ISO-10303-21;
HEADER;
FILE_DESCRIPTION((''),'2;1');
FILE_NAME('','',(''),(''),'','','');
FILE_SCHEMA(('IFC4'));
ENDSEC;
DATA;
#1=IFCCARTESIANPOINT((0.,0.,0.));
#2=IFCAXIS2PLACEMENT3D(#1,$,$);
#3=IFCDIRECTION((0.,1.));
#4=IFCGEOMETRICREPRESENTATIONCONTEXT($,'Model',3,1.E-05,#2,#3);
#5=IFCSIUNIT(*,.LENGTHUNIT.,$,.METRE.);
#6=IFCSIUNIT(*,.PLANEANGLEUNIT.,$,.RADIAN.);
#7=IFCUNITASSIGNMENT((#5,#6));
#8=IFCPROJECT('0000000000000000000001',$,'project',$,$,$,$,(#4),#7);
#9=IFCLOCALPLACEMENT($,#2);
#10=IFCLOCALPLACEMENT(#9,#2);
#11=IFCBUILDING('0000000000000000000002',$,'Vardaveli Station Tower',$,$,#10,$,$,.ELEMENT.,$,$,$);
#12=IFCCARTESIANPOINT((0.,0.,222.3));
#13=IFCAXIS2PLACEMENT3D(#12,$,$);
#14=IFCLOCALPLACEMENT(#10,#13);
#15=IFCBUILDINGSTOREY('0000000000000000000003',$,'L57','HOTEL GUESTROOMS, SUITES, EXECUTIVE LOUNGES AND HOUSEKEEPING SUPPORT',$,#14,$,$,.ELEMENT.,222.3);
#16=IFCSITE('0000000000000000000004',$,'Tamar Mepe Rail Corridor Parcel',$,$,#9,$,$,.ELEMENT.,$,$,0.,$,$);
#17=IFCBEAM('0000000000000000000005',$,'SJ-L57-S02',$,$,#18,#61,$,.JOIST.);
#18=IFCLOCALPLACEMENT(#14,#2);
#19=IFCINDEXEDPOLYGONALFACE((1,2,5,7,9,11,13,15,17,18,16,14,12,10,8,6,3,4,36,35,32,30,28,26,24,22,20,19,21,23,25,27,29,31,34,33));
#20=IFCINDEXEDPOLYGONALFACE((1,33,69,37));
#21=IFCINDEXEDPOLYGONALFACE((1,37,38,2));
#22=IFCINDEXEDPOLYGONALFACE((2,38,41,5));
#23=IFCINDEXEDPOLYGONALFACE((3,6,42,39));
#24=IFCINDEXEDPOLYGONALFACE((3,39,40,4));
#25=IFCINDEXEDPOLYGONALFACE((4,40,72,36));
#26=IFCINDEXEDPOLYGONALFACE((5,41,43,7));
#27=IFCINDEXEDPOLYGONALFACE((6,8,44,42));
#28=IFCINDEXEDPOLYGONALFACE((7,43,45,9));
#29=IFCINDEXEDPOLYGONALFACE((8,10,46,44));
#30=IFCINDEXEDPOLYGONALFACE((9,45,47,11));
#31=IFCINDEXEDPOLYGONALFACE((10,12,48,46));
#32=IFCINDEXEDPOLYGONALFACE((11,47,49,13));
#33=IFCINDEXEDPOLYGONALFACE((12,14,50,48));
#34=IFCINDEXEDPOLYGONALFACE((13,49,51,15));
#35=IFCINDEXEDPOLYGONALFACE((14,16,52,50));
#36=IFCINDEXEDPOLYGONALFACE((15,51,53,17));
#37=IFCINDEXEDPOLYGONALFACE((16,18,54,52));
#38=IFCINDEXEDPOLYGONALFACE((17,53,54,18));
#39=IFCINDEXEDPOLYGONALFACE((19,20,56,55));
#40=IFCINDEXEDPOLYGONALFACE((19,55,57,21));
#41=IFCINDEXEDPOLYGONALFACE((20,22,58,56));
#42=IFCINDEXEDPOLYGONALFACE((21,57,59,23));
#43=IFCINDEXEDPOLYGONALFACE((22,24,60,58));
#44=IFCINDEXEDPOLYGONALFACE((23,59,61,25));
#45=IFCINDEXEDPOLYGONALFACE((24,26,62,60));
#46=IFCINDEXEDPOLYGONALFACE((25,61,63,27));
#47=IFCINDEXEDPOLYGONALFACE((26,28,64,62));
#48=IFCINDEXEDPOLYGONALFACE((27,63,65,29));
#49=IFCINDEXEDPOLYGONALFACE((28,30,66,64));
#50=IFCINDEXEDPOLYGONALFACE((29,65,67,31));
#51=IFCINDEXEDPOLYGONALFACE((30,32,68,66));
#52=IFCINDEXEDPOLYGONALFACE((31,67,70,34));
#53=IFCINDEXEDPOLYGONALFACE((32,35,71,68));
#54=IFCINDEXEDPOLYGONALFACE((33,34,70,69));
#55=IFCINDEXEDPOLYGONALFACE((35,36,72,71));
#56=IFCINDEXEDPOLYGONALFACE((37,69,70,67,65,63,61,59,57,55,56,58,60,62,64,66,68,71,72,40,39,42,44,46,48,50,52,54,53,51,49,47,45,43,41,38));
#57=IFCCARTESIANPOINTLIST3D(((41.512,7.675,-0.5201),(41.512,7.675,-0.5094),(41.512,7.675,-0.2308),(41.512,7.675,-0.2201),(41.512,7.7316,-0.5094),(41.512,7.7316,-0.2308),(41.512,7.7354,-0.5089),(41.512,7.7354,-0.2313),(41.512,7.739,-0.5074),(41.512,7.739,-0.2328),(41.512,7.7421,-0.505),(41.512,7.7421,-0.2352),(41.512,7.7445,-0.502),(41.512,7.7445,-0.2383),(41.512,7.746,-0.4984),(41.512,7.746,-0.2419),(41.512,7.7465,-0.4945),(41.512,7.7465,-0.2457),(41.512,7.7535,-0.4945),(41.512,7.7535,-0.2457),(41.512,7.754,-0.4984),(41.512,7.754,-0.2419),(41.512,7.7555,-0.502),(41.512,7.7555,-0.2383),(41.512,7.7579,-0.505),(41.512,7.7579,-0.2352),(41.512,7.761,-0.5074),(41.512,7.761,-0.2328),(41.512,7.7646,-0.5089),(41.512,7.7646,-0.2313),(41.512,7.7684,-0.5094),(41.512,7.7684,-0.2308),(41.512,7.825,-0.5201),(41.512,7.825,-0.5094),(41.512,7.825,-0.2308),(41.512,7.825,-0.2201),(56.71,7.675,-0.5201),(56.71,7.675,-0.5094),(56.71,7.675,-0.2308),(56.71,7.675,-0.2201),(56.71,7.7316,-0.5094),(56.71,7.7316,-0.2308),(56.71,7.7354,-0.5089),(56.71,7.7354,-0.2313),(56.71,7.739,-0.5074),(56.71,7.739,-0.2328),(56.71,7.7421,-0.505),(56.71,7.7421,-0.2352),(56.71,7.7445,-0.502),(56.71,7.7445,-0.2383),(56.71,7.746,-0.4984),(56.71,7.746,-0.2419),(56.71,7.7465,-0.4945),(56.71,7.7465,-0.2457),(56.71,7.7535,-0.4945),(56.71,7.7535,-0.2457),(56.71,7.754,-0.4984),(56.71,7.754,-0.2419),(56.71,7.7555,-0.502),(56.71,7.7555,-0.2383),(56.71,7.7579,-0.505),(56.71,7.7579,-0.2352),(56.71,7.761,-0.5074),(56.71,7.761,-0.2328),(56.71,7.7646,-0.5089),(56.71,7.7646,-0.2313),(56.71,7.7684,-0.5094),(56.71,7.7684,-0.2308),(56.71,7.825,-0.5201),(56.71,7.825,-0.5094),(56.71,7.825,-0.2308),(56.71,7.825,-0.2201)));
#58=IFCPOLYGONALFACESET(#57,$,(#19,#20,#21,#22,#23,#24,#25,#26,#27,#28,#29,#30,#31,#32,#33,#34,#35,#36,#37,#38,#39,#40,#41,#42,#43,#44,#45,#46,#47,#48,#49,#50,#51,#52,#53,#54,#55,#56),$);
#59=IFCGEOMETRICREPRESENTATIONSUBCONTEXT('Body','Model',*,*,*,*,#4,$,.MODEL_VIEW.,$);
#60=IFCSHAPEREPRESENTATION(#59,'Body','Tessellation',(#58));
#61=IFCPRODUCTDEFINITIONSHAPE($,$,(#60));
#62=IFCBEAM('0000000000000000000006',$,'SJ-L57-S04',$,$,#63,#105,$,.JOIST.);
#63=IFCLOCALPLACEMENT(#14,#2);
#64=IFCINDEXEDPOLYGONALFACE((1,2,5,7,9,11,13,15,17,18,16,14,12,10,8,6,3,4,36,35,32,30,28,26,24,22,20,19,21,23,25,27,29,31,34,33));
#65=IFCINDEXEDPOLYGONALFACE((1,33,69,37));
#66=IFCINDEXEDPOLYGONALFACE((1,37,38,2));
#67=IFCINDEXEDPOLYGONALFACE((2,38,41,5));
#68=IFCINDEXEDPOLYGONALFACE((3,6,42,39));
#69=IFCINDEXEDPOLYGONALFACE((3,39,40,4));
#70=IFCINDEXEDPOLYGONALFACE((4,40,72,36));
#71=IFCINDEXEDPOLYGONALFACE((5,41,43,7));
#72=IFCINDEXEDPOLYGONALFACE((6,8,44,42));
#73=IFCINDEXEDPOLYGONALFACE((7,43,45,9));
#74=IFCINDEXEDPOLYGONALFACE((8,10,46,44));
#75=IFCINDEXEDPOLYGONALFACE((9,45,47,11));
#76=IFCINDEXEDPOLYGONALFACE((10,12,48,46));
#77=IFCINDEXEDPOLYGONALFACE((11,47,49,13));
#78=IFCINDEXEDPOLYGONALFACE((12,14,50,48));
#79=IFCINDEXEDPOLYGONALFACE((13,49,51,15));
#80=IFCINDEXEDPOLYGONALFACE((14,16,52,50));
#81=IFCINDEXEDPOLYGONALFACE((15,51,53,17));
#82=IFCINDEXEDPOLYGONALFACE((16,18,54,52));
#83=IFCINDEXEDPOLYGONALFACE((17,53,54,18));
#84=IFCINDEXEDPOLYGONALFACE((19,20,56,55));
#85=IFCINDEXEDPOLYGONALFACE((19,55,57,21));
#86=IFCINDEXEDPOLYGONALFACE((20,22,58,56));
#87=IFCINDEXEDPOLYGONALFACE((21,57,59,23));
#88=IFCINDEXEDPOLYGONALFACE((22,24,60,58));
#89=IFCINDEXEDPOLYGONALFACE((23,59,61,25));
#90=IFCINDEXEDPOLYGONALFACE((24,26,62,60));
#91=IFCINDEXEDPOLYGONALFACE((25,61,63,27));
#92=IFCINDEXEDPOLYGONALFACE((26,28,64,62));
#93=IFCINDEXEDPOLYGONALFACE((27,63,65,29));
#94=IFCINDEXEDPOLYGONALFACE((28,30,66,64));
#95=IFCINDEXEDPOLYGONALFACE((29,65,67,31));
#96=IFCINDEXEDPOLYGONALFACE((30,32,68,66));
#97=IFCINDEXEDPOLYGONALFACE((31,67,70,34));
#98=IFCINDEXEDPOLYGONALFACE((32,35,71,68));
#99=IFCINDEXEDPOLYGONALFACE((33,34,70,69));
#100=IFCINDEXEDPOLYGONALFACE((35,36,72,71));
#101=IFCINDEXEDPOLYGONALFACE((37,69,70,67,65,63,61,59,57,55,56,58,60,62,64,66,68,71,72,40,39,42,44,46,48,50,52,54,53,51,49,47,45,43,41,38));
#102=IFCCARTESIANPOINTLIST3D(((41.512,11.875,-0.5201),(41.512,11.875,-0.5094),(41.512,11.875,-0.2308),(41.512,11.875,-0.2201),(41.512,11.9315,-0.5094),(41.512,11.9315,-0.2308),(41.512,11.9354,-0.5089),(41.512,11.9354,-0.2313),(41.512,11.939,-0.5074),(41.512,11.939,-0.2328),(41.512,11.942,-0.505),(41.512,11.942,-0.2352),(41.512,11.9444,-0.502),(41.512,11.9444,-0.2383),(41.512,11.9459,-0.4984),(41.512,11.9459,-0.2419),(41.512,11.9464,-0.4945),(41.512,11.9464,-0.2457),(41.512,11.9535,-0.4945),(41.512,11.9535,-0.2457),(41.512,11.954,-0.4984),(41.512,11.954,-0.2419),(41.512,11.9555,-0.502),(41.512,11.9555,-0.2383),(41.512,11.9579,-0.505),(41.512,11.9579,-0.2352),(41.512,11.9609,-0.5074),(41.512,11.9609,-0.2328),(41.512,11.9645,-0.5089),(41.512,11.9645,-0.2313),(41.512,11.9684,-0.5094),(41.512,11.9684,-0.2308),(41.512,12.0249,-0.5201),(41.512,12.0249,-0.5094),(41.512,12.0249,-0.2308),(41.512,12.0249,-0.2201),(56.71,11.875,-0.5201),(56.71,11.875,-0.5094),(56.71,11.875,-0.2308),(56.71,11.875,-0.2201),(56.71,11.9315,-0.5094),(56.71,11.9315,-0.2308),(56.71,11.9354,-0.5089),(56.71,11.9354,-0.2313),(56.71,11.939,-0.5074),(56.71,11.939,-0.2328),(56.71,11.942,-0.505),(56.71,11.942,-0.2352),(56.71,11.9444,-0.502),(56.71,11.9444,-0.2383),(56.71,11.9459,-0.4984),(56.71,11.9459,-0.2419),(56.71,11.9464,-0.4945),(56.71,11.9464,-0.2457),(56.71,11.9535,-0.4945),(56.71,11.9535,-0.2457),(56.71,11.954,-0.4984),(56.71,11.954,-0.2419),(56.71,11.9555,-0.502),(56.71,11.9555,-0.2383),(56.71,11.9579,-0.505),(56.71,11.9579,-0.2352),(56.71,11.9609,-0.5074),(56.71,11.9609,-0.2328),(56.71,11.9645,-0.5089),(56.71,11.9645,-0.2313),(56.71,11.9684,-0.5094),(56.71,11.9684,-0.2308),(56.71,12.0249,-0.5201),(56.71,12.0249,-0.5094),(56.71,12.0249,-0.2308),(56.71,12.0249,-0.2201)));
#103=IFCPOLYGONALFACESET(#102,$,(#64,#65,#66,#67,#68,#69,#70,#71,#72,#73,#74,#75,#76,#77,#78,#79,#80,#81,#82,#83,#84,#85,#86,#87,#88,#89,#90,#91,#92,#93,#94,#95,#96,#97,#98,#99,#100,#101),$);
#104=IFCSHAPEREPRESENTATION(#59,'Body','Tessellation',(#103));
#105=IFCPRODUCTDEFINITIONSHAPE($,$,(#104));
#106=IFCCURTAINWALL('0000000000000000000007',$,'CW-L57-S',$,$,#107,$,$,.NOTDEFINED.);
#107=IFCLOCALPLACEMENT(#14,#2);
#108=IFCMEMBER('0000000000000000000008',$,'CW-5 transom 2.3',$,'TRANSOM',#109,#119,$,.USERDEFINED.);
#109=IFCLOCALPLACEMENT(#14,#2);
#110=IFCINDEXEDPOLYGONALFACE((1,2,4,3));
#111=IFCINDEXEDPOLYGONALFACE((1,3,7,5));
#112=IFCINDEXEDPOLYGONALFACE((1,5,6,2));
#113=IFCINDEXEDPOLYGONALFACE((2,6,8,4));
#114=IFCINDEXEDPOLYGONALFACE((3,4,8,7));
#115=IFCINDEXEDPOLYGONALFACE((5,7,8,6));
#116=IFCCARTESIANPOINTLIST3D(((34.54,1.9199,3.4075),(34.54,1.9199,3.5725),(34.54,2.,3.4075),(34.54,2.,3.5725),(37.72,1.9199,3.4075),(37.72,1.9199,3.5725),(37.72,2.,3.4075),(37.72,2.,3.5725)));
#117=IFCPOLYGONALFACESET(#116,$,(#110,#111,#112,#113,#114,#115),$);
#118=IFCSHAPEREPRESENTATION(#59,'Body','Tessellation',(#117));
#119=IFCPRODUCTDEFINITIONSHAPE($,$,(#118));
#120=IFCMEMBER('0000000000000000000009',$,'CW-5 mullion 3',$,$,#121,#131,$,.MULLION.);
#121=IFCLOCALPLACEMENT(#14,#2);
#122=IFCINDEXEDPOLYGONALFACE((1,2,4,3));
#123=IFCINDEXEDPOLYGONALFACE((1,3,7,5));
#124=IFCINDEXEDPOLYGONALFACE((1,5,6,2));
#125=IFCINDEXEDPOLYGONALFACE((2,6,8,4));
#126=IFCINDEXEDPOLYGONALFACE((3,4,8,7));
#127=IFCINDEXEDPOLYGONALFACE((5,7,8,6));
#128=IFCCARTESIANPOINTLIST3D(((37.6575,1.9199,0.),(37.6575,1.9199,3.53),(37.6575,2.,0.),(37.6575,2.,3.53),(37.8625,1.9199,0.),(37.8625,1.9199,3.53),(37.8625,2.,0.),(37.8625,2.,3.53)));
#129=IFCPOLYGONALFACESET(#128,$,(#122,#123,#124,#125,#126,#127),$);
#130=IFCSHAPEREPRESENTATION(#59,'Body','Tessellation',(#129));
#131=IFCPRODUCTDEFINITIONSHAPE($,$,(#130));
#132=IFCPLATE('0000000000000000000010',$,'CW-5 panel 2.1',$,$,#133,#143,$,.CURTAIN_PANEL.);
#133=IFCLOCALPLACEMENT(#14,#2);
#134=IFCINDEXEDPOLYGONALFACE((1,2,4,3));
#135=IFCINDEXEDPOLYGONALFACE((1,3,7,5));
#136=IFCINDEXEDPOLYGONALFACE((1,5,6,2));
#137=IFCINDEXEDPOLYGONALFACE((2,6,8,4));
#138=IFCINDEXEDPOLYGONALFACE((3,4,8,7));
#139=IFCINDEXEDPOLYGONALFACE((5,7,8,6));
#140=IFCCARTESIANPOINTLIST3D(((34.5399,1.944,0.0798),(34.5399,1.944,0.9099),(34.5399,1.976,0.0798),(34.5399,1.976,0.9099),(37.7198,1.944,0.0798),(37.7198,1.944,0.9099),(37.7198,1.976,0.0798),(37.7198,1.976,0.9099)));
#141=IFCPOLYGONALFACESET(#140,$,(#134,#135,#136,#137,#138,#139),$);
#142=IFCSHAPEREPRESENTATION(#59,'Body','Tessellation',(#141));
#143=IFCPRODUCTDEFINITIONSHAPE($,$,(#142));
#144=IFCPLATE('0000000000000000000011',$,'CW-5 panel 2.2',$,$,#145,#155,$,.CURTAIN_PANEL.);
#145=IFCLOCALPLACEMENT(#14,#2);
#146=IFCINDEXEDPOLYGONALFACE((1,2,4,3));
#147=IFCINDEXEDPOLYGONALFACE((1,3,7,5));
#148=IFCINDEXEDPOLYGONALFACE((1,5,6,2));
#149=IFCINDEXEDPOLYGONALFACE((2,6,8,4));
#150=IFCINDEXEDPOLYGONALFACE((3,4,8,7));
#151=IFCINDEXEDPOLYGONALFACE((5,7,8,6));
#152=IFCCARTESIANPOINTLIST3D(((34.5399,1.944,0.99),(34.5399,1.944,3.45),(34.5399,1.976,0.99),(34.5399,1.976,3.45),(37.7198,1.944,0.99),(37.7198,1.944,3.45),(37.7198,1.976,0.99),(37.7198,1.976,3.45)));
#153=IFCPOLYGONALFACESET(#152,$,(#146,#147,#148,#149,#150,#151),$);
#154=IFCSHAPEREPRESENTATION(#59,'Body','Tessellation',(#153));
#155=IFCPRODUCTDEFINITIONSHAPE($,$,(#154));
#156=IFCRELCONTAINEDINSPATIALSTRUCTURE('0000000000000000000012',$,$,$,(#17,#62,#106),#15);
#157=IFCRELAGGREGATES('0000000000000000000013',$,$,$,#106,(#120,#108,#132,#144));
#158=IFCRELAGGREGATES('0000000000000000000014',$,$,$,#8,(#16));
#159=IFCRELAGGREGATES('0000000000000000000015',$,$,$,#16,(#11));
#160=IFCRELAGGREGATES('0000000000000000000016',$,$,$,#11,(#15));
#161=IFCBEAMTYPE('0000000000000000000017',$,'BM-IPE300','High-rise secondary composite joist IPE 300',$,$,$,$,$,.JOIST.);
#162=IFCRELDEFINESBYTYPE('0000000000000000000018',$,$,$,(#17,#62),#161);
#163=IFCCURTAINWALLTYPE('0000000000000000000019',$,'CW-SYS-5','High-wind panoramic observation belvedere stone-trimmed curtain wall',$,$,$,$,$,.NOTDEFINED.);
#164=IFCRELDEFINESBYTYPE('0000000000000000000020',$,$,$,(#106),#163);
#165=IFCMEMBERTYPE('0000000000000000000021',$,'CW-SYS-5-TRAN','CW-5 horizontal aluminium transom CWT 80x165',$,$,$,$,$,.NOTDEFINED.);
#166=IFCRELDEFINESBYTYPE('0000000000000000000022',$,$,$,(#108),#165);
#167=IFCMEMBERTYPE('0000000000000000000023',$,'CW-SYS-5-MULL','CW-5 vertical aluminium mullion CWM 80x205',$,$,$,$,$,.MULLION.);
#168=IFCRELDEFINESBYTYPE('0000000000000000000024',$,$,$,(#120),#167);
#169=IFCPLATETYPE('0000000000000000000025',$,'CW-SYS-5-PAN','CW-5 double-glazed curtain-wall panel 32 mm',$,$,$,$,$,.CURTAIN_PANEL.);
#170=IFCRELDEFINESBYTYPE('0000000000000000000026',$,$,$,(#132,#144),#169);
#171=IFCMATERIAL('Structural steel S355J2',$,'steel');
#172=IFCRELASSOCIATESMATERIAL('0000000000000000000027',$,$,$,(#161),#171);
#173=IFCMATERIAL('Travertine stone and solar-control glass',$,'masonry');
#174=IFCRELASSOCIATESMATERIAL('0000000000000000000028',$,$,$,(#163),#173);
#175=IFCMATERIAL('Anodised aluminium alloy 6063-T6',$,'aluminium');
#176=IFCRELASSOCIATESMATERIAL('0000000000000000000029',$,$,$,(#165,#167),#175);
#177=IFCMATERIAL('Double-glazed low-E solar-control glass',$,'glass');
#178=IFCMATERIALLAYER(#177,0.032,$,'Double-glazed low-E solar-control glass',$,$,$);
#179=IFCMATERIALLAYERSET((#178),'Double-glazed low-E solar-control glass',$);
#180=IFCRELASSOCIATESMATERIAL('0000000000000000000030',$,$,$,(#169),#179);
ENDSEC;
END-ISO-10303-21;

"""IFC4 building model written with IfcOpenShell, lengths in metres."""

from ifc_helpers import new_model, si_unit, direction, frame, origin, origin_2d, place, context, subcontext, project, spatial, rectangle, i_section, extrude, source, transform, mapped, material, layer, layer_set, material_profile, profile_set, type_object, element, aggregate, save


model = new_model("IFC4")

# Units and contexts
model_context = context("Model", 3, precision=1e-05, world=origin(), true_north=direction((0.0, 1.0)))
body_context = subcontext(model_context, "Body", "Model", "MODEL_VIEW")
ifc_project = project(units=[si_unit("LENGTHUNIT", "METRE"), si_unit("PLANEANGLEUNIT", "RADIAN")], contexts=[model_context])

# Site, building, storey
site_placement = place(None, origin())
site = spatial("IfcSite", under=ifc_project, at=site_placement, Name="Tamar Mepe Rail Corridor Parcel", CompositionType="ELEMENT", RefElevation=0.0)
building_placement = place(site_placement, origin())
building = spatial("IfcBuilding", under=site, at=building_placement, Name="Vardaveli Station Tower", CompositionType="ELEMENT")
storey_placement = place(building_placement, frame((0.0, 0.0, 222.3)))
storey = spatial("IfcBuildingStorey", under=building, at=storey_placement, Name="L57", Description="HOTEL GUESTROOMS, SUITES, EXECUTIVE LOUNGES AND HOUSEKEEPING SUPPORT", CompositionType="ELEMENT", Elevation=222.3)

# Beams
ifc_material_1 = material(Name="Structural steel S355J2", Category="steel")
ifc_material_profile_1 = material_profile(ifc_material_1, i_section(OverallWidth=0.1499, OverallDepth=0.3, WebThickness=0.0071, FlangeThickness=0.0107, FilletRadius=0.0149, at=origin_2d()), Name="IPE 300")
ifc_profile_set_1 = profile_set([ifc_material_profile_1], Name="Structural steel S355J2")
beam_type_1 = type_object("IfcBeamType", Name="BM-IPE300", Description="High-rise secondary composite joist IPE 300", PredefinedType="JOIST", material=ifc_profile_set_1)
shared_shape_1 = source(origin(), body_context, "Body", "SweptSolid", [
    extrude(i_section(OverallWidth=0.1499, OverallDepth=0.3, WebThickness=0.0071, FlangeThickness=0.0107, FilletRadius=0.0149, at=origin_2d()), origin(), (0.0, 0.0, 1.0), 15.198),
])
for number, where, z_axis, x_axis, name in (
    (1, (41.512, 7.75, -0.3701), (1.0, 0.0, 0.0), (0.0, 1.0, 0.0), "SJ-L57-S02"),
    (2, (41.512, 11.95, -0.3701), (1.0, 0.0, 0.0), (0.0, 1.0, 0.0), "SJ-L57-S04"),
):
    element("IfcBeam", number, at=place(storey_placement, frame(where, z_axis=z_axis, x_axis=x_axis)), inside=storey, type_object=beam_type_1, Name=name, PredefinedType="JOIST", context=body_context, shape_type="MappedRepresentation", body=[
        mapped(shared_shape_1, transform((0.0, 0.0, 0.0), scale=1.0)),
    ])

# Curtain wall, members, plates
ifc_material_2 = material(Name="Travertine stone and solar-control glass", Category="masonry")
curtain_wall_type = type_object("IfcCurtainWallType", Name="CW-SYS-5", Description="High-wind panoramic observation belvedere stone-trimmed curtain wall", PredefinedType="NOTDEFINED", material=ifc_material_2)
curtain_wall_placement = place(storey_placement, origin())
curtain_wall = element("IfcCurtainWall", 3, at=curtain_wall_placement, inside=storey, type_object=curtain_wall_type, Name="CW-L57-S", PredefinedType="NOTDEFINED")
ifc_material_3 = material(Name="Anodised aluminium alloy 6063-T6", Category="aluminium")
ifc_material_profile_2 = material_profile(ifc_material_3, rectangle(XDim=0.0801, YDim=0.165, at=origin_2d()), Name="CWT 80x165")
ifc_profile_set_2 = profile_set([ifc_material_profile_2], Name="Anodised aluminium alloy 6063-T6")
member_type_1 = type_object("IfcMemberType", Name="CW-SYS-5-TRAN", Description="CW-5 horizontal aluminium transom CWT 80x165", PredefinedType="NOTDEFINED", material=ifc_profile_set_2)
shared_shape_2 = source(origin(), body_context, "Body", "SweptSolid", [
    extrude(rectangle(XDim=0.0801, YDim=0.165, at=origin_2d()), origin(), (0.0, 0.0, 1.0), 3.1799),
])
member_1_placement = place(storey_placement, frame((34.54, 1.96, 3.49), z_axis=(1.0, 0.0, 0.0), x_axis=(0.0, 1.0, 0.0)))
member_1 = element("IfcMember", 4, at=member_1_placement, type_object=member_type_1, Name="CW-5 transom 2.3", ObjectType="TRANSOM", PredefinedType="USERDEFINED", context=body_context, shape_type="MappedRepresentation", body=[
    mapped(shared_shape_2, transform((0.0, 0.0, 0.0), scale=1.0)),
])
ifc_material_profile_3 = material_profile(ifc_material_3, rectangle(XDim=0.0801, YDim=0.2051, at=origin_2d()), Name="CWM 80x205")
ifc_profile_set_3 = profile_set([ifc_material_profile_3], Name="Anodised aluminium alloy 6063-T6")
member_type_2 = type_object("IfcMemberType", Name="CW-SYS-5-MULL", Description="CW-5 vertical aluminium mullion CWM 80x205", PredefinedType="MULLION", material=ifc_profile_set_3)
shared_shape_3 = source(origin(), body_context, "Body", "SweptSolid", [
    extrude(rectangle(XDim=0.0801, YDim=0.2051, at=origin_2d()), origin(), (0.0, 0.0, 1.0), 3.53),
])
member_2_placement = place(storey_placement, frame((37.76, 1.96, 0.0), z_axis=(0.0, 0.0, 1.0), x_axis=(0.0, 1.0, 0.0)))
member_2 = element("IfcMember", 5, at=member_2_placement, type_object=member_type_2, Name="CW-5 mullion 3", PredefinedType="MULLION", context=body_context, shape_type="MappedRepresentation", body=[
    mapped(shared_shape_3, transform((0.0, 0.0, 0.0), scale=1.0)),
])
ifc_material_4 = material(Name="Double-glazed low-E solar-control glass", Category="glass")
ifc_layer_1 = layer(ifc_material_4, 0.032, Name="Double-glazed low-E solar-control glass")
ifc_layer_set_1 = layer_set([ifc_layer_1], Name="Double-glazed low-E solar-control glass")
plate_type = type_object("IfcPlateType", Name="CW-SYS-5-PAN", Description="CW-5 double-glazed curtain-wall panel 32 mm", PredefinedType="CURTAIN_PANEL", material=ifc_layer_set_1)
shared_shape_4 = source(origin(), body_context, "Body", "SweptSolid", [
    extrude(rectangle(XDim=3.1799, YDim=0.032, at=origin_2d()), origin(), (0.0, 0.0, 1.0), 0.8301),
])
plate_1_placement = place(storey_placement, frame((36.1299, 1.96, 0.0798), z_axis=(0.0, 0.0, 1.0), x_axis=(1.0, 0.0, 0.0)))
plate_1 = element("IfcPlate", 6, at=plate_1_placement, type_object=plate_type, Name="CW-5 panel 2.1", PredefinedType="CURTAIN_PANEL", context=body_context, shape_type="MappedRepresentation", body=[
    mapped(shared_shape_4, transform((0.0, 0.0, 0.0), scale=1.0)),
])
shared_shape_5 = source(origin(), body_context, "Body", "SweptSolid", [
    extrude(rectangle(XDim=3.1799, YDim=0.032, at=origin_2d()), origin(), (0.0, 0.0, 1.0), 2.46),
])
plate_2_placement = place(storey_placement, frame((36.1299, 1.96, 0.99), z_axis=(0.0, 0.0, 1.0), x_axis=(1.0, 0.0, 0.0)))
plate_2 = element("IfcPlate", 7, at=plate_2_placement, type_object=plate_type, Name="CW-5 panel 2.2", PredefinedType="CURTAIN_PANEL", context=body_context, shape_type="MappedRepresentation", body=[
    mapped(shared_shape_5, transform((0.0, 0.0, 0.0), scale=1.0)),
])
aggregate(curtain_wall, [member_2, member_1, plate_1, plate_2])

save(model, "model.ifc")
